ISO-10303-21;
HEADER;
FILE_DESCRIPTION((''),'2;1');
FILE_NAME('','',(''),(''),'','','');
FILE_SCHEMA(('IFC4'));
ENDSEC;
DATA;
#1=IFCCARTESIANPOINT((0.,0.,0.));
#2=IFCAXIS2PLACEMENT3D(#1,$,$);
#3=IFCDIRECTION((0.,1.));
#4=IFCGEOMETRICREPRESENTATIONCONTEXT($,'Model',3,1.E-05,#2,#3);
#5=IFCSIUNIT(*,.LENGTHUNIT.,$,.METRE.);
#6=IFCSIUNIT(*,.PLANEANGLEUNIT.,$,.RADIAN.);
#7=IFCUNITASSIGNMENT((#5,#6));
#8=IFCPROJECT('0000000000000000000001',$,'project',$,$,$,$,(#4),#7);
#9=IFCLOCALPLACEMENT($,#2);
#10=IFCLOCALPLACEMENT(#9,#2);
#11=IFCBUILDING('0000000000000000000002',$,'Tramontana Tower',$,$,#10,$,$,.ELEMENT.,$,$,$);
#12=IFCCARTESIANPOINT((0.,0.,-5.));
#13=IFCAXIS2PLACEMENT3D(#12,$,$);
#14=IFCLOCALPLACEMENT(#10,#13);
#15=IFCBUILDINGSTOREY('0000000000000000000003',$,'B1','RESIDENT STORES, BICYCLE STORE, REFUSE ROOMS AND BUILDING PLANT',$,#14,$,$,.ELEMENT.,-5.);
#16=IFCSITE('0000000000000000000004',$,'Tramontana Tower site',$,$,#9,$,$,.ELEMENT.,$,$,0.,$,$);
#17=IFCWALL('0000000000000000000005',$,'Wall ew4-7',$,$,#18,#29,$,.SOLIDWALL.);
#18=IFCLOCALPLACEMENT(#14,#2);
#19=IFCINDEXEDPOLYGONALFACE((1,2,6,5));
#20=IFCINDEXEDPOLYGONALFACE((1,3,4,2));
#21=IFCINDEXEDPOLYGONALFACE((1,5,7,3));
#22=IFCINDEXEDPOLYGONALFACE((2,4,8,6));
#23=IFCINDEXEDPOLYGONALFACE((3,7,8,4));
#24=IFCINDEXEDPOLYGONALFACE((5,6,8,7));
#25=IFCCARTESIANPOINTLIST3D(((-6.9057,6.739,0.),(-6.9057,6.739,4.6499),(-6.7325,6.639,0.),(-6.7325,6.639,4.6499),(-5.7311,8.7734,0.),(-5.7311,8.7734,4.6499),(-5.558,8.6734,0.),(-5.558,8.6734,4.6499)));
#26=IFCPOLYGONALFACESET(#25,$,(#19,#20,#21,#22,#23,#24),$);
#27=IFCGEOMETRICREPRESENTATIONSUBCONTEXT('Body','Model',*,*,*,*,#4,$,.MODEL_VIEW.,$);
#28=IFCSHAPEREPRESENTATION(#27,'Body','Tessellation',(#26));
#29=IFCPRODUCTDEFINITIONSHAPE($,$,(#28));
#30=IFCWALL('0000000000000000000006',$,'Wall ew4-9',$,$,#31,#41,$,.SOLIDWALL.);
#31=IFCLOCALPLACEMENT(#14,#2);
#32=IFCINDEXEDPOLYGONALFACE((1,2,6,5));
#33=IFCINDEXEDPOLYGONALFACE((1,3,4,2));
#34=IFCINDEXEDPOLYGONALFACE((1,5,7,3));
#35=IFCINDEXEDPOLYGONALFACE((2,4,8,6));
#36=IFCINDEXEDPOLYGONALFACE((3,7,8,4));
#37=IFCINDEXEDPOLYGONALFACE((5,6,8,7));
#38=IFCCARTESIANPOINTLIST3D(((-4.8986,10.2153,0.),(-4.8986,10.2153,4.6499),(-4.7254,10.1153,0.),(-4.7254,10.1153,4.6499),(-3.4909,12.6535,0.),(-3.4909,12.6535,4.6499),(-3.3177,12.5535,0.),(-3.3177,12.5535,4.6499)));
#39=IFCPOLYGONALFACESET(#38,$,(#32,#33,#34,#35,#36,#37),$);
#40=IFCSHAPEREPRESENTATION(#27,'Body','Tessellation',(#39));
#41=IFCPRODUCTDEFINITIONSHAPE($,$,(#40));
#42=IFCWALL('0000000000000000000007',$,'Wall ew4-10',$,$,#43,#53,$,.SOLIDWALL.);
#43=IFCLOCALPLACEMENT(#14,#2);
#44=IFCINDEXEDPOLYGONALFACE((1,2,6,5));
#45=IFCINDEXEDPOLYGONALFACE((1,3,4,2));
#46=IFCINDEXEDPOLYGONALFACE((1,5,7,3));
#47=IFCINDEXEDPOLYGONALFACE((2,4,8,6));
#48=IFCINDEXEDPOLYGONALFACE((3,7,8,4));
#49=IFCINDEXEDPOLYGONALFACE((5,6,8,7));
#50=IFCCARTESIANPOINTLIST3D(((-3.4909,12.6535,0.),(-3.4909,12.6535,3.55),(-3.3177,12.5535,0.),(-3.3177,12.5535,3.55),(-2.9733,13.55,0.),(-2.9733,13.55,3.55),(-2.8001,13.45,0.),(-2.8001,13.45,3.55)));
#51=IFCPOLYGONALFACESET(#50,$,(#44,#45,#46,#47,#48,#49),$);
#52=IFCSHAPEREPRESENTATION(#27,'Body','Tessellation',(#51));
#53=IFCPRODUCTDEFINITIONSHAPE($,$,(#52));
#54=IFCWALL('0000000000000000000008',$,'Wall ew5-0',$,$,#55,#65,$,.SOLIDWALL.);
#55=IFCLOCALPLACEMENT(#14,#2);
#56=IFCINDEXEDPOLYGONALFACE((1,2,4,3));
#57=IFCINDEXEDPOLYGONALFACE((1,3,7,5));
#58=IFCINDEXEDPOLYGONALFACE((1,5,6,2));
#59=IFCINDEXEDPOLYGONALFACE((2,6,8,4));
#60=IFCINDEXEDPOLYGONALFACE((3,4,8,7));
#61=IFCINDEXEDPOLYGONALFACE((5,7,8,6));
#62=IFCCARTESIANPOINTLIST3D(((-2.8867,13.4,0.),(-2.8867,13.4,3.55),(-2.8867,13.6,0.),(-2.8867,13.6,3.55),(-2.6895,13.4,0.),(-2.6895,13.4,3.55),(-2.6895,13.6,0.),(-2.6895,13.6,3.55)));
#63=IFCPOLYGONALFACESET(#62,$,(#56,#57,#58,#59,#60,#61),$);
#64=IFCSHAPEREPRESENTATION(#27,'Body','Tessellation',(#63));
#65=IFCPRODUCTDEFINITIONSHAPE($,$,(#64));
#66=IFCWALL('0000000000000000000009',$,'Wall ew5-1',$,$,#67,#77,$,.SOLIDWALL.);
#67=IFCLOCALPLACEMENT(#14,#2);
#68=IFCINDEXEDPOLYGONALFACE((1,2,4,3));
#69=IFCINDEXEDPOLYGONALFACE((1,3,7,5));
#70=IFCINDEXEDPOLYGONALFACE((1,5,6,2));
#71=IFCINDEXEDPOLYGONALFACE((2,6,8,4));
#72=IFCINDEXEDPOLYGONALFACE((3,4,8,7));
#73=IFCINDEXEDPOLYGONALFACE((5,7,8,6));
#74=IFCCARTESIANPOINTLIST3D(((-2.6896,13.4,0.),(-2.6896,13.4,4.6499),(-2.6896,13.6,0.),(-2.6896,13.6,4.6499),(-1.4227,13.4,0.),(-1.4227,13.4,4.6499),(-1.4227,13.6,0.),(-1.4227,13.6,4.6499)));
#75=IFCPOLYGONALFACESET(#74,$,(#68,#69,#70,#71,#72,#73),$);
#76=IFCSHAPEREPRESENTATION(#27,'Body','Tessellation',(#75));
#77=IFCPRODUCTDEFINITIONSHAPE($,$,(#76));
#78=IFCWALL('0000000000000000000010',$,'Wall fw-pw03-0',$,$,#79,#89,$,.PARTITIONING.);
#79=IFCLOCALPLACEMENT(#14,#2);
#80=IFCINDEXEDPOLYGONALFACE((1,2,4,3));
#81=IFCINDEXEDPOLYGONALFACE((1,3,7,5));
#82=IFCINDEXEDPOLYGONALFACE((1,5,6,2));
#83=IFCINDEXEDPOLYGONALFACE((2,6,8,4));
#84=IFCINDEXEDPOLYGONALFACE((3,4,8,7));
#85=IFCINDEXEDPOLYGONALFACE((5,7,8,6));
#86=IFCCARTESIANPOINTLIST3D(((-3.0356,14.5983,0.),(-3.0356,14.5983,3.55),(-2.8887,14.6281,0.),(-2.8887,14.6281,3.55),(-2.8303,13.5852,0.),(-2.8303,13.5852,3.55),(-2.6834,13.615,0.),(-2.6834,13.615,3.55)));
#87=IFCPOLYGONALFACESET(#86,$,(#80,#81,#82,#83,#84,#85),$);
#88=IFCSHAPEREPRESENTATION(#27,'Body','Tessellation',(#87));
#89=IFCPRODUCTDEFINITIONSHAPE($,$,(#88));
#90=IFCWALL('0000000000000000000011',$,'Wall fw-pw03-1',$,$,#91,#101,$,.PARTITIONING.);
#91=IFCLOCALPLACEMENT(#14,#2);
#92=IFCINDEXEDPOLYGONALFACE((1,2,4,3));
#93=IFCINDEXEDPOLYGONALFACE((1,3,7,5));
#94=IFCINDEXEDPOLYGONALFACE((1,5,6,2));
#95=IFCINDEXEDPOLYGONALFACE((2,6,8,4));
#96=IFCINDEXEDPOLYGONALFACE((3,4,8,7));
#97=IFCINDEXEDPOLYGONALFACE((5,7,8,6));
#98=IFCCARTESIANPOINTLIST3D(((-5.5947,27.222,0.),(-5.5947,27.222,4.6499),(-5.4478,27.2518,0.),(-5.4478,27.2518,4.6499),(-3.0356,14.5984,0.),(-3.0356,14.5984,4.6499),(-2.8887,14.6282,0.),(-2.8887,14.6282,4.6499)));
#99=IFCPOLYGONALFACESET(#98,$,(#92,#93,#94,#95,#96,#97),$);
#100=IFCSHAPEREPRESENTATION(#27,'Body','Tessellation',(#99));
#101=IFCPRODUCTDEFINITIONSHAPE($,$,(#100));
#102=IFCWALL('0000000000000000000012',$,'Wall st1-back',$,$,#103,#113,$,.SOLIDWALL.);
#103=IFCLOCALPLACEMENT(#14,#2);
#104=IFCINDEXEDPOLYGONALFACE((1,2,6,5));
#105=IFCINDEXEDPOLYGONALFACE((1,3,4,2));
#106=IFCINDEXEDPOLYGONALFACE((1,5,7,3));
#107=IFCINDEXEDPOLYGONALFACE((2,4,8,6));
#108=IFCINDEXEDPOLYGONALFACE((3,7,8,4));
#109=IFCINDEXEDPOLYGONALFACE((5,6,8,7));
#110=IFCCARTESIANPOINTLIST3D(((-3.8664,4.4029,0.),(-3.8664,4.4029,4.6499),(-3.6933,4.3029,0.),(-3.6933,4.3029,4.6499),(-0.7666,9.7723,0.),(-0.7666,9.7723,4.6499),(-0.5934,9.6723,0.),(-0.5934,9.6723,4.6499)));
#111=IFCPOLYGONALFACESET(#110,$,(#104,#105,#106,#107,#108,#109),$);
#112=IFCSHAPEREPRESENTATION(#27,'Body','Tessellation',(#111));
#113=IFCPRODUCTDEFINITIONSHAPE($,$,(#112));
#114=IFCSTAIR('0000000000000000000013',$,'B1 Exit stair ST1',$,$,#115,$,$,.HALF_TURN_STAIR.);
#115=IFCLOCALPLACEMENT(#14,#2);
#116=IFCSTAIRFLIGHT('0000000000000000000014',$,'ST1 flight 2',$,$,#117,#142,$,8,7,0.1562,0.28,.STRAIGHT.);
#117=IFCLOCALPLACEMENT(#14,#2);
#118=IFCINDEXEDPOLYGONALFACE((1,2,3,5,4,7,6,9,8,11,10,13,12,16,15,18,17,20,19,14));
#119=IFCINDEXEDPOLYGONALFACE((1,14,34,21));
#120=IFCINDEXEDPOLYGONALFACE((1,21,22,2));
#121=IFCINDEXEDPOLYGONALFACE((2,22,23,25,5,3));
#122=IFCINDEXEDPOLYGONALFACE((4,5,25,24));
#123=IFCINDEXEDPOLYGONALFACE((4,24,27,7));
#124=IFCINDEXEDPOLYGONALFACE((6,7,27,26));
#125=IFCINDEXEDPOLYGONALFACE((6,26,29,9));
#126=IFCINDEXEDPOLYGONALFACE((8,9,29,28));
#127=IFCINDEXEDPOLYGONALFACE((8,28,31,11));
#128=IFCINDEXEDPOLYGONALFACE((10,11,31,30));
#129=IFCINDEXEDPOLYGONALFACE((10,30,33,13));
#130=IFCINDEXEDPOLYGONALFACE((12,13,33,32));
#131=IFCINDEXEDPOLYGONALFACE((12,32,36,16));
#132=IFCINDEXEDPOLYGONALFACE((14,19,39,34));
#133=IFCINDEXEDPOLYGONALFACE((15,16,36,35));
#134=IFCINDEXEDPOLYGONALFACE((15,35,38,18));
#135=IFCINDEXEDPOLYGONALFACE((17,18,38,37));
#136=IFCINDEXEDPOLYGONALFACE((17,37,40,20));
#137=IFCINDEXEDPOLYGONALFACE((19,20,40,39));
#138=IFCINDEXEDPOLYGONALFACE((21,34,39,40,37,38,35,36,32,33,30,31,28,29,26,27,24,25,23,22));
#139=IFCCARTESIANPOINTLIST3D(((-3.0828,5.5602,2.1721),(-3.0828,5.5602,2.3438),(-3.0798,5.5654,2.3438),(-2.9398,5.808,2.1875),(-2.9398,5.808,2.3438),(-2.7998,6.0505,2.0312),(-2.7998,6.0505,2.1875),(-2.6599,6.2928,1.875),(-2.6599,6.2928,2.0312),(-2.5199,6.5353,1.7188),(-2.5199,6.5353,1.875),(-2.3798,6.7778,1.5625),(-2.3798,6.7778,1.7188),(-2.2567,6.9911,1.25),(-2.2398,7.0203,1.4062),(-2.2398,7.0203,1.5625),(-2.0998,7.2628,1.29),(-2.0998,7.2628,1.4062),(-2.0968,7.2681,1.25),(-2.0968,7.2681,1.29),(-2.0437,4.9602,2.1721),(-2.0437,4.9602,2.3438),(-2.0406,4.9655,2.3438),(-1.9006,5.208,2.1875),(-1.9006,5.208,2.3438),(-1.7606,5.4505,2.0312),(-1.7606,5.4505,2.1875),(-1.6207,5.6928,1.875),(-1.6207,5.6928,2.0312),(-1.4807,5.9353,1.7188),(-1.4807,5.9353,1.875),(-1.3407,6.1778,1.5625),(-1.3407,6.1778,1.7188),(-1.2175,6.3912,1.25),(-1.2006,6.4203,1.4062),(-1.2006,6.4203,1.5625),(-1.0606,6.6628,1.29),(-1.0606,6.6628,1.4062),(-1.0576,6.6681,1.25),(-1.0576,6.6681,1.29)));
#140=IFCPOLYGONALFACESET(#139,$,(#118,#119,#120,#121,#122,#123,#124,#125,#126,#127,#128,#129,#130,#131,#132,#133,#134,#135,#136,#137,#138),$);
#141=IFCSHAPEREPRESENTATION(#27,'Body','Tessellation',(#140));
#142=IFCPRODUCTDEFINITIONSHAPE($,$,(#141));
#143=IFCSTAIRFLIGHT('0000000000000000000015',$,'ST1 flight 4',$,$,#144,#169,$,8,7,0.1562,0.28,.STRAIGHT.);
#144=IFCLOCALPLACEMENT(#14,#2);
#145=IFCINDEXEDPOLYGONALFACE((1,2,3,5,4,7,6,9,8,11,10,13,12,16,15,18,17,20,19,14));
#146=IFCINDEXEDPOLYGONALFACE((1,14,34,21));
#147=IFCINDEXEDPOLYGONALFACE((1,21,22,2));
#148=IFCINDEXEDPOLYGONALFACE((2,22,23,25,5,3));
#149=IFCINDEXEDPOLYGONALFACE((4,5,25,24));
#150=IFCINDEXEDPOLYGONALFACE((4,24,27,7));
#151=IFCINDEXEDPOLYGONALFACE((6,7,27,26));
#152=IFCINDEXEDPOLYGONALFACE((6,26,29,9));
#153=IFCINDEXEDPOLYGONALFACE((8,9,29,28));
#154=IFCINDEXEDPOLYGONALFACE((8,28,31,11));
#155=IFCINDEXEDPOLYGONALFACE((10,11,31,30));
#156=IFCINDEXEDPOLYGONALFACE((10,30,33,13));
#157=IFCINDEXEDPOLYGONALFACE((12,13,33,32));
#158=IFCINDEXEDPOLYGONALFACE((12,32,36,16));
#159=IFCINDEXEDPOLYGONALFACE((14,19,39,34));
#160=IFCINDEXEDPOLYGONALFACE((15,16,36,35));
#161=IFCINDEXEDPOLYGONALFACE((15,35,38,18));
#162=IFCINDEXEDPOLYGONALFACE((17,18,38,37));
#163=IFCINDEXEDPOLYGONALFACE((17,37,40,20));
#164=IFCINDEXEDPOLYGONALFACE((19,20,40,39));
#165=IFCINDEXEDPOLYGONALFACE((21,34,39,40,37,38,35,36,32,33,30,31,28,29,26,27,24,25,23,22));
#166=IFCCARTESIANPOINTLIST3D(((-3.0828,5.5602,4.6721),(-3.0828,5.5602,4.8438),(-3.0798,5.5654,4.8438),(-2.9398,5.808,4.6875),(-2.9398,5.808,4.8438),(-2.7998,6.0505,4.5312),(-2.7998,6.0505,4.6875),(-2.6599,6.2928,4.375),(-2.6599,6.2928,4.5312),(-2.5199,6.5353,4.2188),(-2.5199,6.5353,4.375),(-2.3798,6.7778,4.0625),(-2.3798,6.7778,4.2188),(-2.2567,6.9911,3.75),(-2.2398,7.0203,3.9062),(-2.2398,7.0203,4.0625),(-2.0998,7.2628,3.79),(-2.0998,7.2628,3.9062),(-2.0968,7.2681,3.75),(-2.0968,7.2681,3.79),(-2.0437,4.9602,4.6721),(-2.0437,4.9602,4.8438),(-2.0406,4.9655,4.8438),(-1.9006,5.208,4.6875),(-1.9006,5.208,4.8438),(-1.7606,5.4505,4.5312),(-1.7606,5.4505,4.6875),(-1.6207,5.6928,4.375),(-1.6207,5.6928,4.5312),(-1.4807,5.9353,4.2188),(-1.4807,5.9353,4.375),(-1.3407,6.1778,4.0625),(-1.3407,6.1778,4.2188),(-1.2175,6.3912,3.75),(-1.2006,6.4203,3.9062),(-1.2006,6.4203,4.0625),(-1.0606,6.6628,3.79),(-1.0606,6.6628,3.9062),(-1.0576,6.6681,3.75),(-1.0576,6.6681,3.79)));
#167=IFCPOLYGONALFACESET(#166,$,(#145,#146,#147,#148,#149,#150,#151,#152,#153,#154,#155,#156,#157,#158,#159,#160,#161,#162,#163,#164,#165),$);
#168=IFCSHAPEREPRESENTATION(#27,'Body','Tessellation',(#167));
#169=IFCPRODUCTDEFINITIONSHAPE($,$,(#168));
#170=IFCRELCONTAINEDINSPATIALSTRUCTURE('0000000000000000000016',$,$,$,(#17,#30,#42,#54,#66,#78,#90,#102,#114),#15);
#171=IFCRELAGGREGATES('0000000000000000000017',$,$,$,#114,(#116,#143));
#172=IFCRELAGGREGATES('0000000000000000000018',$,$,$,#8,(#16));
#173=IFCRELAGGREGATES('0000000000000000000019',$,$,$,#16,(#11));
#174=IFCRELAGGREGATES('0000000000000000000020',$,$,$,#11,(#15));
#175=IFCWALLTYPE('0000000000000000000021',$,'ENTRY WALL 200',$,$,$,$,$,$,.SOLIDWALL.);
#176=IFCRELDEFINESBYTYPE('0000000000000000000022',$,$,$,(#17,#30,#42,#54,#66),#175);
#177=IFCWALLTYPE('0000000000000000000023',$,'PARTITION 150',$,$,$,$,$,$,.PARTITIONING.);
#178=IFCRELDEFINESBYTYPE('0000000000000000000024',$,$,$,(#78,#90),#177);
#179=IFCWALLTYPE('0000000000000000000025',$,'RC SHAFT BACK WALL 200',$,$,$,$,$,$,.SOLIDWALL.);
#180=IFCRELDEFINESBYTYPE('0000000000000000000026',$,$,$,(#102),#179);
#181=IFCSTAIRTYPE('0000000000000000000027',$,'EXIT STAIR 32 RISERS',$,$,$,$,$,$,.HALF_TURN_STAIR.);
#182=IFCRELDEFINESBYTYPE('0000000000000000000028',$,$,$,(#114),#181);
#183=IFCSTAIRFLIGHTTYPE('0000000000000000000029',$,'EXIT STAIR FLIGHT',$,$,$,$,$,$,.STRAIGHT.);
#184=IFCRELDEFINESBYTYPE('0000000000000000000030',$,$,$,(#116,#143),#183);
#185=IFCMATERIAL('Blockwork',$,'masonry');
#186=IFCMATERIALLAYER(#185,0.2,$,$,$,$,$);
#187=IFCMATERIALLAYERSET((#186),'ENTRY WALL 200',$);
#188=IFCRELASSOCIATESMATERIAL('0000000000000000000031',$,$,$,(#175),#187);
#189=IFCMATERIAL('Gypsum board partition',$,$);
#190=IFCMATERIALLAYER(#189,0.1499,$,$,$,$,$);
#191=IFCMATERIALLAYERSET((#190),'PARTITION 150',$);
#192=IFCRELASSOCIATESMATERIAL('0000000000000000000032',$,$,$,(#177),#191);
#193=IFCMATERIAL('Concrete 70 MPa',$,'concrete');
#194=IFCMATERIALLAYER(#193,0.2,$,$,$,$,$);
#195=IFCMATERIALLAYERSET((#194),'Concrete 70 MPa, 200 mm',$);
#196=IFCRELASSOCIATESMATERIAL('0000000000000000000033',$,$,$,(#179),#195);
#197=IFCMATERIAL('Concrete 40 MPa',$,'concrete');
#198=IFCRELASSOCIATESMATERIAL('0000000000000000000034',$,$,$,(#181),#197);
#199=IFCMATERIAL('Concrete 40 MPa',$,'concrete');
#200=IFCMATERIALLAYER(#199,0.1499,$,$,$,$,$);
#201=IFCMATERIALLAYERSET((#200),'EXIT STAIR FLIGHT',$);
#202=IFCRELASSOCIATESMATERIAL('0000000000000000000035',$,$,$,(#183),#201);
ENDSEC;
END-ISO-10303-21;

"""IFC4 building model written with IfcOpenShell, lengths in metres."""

from ifc_helpers import new_model, si_unit, direction, frame, frame_2d, origin, place, context, subcontext, project, spatial, polyline, rectangle, outline, extrude, material, layer, layer_set, type_object, element, aggregate, save


model = new_model("IFC4")

# Units and contexts
model_context = context("Model", 3, precision=1e-05, world=origin(), true_north=direction((0.0, 1.0)))
body_context = subcontext(model_context, "Body", "Model", "MODEL_VIEW")
ifc_project = project(units=[si_unit("LENGTHUNIT", "METRE"), si_unit("PLANEANGLEUNIT", "RADIAN")], contexts=[model_context])

# Site, building, storey
site_placement = place(None, origin())
site = spatial("IfcSite", under=ifc_project, at=site_placement, Name="Tramontana Tower site", CompositionType="ELEMENT", RefElevation=0.0)
building_placement = place(site_placement, origin())
building = spatial("IfcBuilding", under=site, at=building_placement, Name="Tramontana Tower", CompositionType="ELEMENT")
storey_placement = place(building_placement, frame((0.0, 0.0, -5.0)))
storey = spatial("IfcBuildingStorey", under=building, at=storey_placement, Name="B1", Description="RESIDENT STORES, BICYCLE STORE, REFUSE ROOMS AND BUILDING PLANT", CompositionType="ELEMENT", Elevation=-5.0)

# Wall
ifc_material_1 = material(Name="Blockwork", Category="masonry")
ifc_layer_1 = layer(ifc_material_1, 0.2)
ifc_layer_set_1 = layer_set([ifc_layer_1], Name="ENTRY WALL 200")
wall_type_1 = type_object("IfcWallType", Name="ENTRY WALL 200", PredefinedType="SOLIDWALL", material=ifc_layer_set_1)
wall_1_placement = place(storey_placement, frame((-6.8191, 6.689, 0.0), z_axis=(0.0, 0.0, 1.0), x_axis=(0.499995, 0.866028, 0.0)))
element("IfcWall", 1, at=wall_1_placement, inside=storey, type_object=wall_type_1, Name="Wall ew4-7", PredefinedType="SOLIDWALL", context=body_context, shape_type="SweptSolid", body=[
    extrude(rectangle(XDim=2.3491, YDim=0.2, at=frame_2d((1.1746, 0.0))), origin(), (0.0, 0.0, 1.0), 4.6499),
])

# Walls
wall_2_placement = place(storey_placement, frame((-4.812, 10.1653, 0.0), z_axis=(0.0, 0.0, 1.0), x_axis=(0.5, 0.866025, 0.0)))
element("IfcWall", 2, at=wall_2_placement, inside=storey, type_object=wall_type_1, Name="Wall ew4-9", PredefinedType="SOLIDWALL", context=body_context, shape_type="SweptSolid", body=[
    extrude(rectangle(XDim=2.8154, YDim=0.2, at=frame_2d((1.4077, 0.0))), origin(), (0.0, 0.0, 1.0), 4.6499),
])
wall_3_placement = place(storey_placement, frame((-3.4043, 12.6035, 0.0), z_axis=(0.0, 0.0, 1.0), x_axis=(0.499995, 0.866028, 0.0)))
element("IfcWall", 3, at=wall_3_placement, inside=storey, type_object=wall_type_1, Name="Wall ew4-10", PredefinedType="SOLIDWALL", context=body_context, shape_type="SweptSolid", body=[
    extrude(rectangle(XDim=1.0352, YDim=0.2, at=frame_2d((0.5176, 0.0))), origin(), (0.0, 0.0, 1.0), 3.55),
])
wall_4_placement = place(storey_placement, frame((-2.8867, 13.5, 0.0), z_axis=(0.0, 0.0, 1.0), x_axis=(1.0, 0.0, 0.0)))
element("IfcWall", 4, at=wall_4_placement, inside=storey, type_object=wall_type_1, Name="Wall ew5-0", PredefinedType="SOLIDWALL", context=body_context, shape_type="SweptSolid", body=[
    extrude(rectangle(XDim=0.1973, YDim=0.2, at=frame_2d((0.0986, 0.0))), origin(), (0.0, 0.0, 1.0), 3.55),
])
wall_5_placement = place(storey_placement, frame((-2.6895, 13.5, 0.0), z_axis=(0.0, 0.0, 1.0), x_axis=(1.0, 0.0, 0.0)))
element("IfcWall", 5, at=wall_5_placement, inside=storey, type_object=wall_type_1, Name="Wall ew5-1", PredefinedType="SOLIDWALL", context=body_context, shape_type="SweptSolid", body=[
    extrude(rectangle(XDim=1.2668, YDim=0.2, at=frame_2d((0.6333, 0.0))), origin(), (0.0, 0.0, 1.0), 4.6499),
])

# Walls
ifc_material_2 = material(Name="Gypsum board partition")
ifc_layer_2 = layer(ifc_material_2, 0.1499)
ifc_layer_set_2 = layer_set([ifc_layer_2], Name="PARTITION 150")
wall_type_2 = type_object("IfcWallType", Name="PARTITION 150", PredefinedType="PARTITIONING", material=ifc_layer_set_2)
wall_6_placement = place(storey_placement, frame((-2.7568, 13.6001, 0.0), z_axis=(0.0, 0.0, 1.0), x_axis=(-0.198613, 0.980078, 0.0)))
element("IfcWall", 6, at=wall_6_placement, inside=storey, type_object=wall_type_2, Name="Wall fw-pw03-0", PredefinedType="PARTITIONING", context=body_context, shape_type="SweptSolid", body=[
    extrude(rectangle(XDim=1.0337, YDim=0.1499, at=frame_2d((0.5168, 0.0))), origin(), (0.0, 0.0, 1.0), 3.55),
])
wall_7_placement = place(storey_placement, frame((-2.9622, 14.6133, 0.0), z_axis=(0.0, 0.0, 1.0), x_axis=(-0.198682, 0.980064, 0.0)))
element("IfcWall", 7, at=wall_7_placement, inside=storey, type_object=wall_type_2, Name="Wall fw-pw03-1", PredefinedType="PARTITIONING", context=body_context, shape_type="SweptSolid", body=[
    extrude(rectangle(XDim=12.8804, YDim=0.1499, at=frame_2d((6.4402, 0.0))), origin(), (0.0, 0.0, 1.0), 4.6499),
])
ifc_material_3 = material(Name="Concrete 70 MPa", Category="concrete")
ifc_layer_3 = layer(ifc_material_3, 0.2)
ifc_layer_set_3 = layer_set([ifc_layer_3], Name="Concrete 70 MPa, 200 mm")
wall_type_3 = type_object("IfcWallType", Name="RC SHAFT BACK WALL 200", PredefinedType="SOLIDWALL", material=ifc_layer_set_3)
wall_8_placement = place(storey_placement, frame((-0.6799, 9.7224, 0.0), z_axis=(0.0, 0.0, 1.0), x_axis=(-0.49998, -0.866037, 0.0)))
element("IfcWall", 8, at=wall_8_placement, inside=storey, type_object=wall_type_3, Name="Wall st1-back", PredefinedType="SOLIDWALL", context=body_context, shape_type="SweptSolid", body=[
    extrude(rectangle(XDim=6.2, YDim=0.2, at=frame_2d((3.1001, 0.0))), origin(), (0.0, 0.0, 1.0), 4.6499),
])

# Stair, stair flights
ifc_material_4 = material(Name="Concrete 40 MPa", Category="concrete")
stair_type = type_object("IfcStairType", Name="EXIT STAIR 32 RISERS", PredefinedType="HALF_TURN_STAIR", material=ifc_material_4)
stair_placement = place(storey_placement, origin())
stair = element("IfcStair", 9, at=stair_placement, inside=storey, type_object=stair_type, Name="B1 Exit stair ST1", PredefinedType="HALF_TURN_STAIR")
ifc_material_5 = material(Name="Concrete 40 MPa", Category="concrete")
ifc_layer_4 = layer(ifc_material_5, 0.1499)
ifc_layer_set_4 = layer_set([ifc_layer_4], Name="EXIT STAIR FLIGHT")
stair_flight_type = type_object("IfcStairFlightType", Name="EXIT STAIR FLIGHT", PredefinedType="STRAIGHT", material=ifc_layer_set_4)
stair_flight_1_placement = place(storey_placement, frame((-1.5803, 6.9629, 1.25), z_axis=(0.0, 0.0, 1.0), x_axis=(-0.5, -0.866025, 0.0)))
stair_flight_1 = element("IfcStairFlight", 10, at=stair_flight_1_placement, type_object=stair_flight_type, Name="ST1 flight 2", NumberOfRisers=8, NumberOfTreads=7, PredefinedType="STRAIGHT", RiserHeight=0.1562, TreadLength=0.28, context=body_context, shape_type="SweptSolid", body=[
    extrude(outline(polyline([(-0.0061, 0.0), (-0.0061, 0.04), (0.0, 0.04), (0.0, 0.1562), (0.28, 0.1562), (0.28, 0.3125), (0.5601, 0.3125), (0.5601, 0.4688), (0.8401, 0.4688), (0.8401, 0.625), (1.1201, 0.625), (1.1201, 0.7812), (1.3999, 0.7812), (1.3999, 0.9375), (1.6799, 0.9375), (1.6799, 1.0938), (1.96, 1.0938), (1.9661, 1.0938), (1.9661, 0.9221), (0.3137, 0.0), (-0.0061, 0.0)])), frame((0.0, 0.6001, 0.0), z_axis=(0.0, -1.0, 0.0), x_axis=(1.0, 0.0, 0.0)), (0.0, 0.0, 1.0), 1.2),
])
stair_flight_2_placement = place(storey_placement, frame((-1.5803, 6.9629, 3.75), z_axis=(0.0, 0.0, 1.0), x_axis=(-0.5, -0.866025, 0.0)))
stair_flight_2 = element("IfcStairFlight", 11, at=stair_flight_2_placement, type_object=stair_flight_type, Name="ST1 flight 4", NumberOfRisers=8, NumberOfTreads=7, PredefinedType="STRAIGHT", RiserHeight=0.1562, TreadLength=0.28, context=body_context, shape_type="SweptSolid", body=[
    extrude(outline(polyline([(-0.0061, 0.0), (-0.0061, 0.04), (0.0, 0.04), (0.0, 0.1562), (0.28, 0.1562), (0.28, 0.3125), (0.5601, 0.3125), (0.5601, 0.4688), (0.8401, 0.4688), (0.8401, 0.625), (1.1201, 0.625), (1.1201, 0.7812), (1.3999, 0.7812), (1.3999, 0.9375), (1.6799, 0.9375), (1.6799, 1.0938), (1.96, 1.0938), (1.9661, 1.0938), (1.9661, 0.9221), (0.3137, 0.0), (-0.0061, 0.0)])), frame((0.0, 0.6001, 0.0), z_axis=(0.0, -1.0, 0.0), x_axis=(1.0, 0.0, 0.0)), (0.0, 0.0, 1.0), 1.2),
])
aggregate(stair, [stair_flight_1, stair_flight_2])

save(model, "model.ifc")
